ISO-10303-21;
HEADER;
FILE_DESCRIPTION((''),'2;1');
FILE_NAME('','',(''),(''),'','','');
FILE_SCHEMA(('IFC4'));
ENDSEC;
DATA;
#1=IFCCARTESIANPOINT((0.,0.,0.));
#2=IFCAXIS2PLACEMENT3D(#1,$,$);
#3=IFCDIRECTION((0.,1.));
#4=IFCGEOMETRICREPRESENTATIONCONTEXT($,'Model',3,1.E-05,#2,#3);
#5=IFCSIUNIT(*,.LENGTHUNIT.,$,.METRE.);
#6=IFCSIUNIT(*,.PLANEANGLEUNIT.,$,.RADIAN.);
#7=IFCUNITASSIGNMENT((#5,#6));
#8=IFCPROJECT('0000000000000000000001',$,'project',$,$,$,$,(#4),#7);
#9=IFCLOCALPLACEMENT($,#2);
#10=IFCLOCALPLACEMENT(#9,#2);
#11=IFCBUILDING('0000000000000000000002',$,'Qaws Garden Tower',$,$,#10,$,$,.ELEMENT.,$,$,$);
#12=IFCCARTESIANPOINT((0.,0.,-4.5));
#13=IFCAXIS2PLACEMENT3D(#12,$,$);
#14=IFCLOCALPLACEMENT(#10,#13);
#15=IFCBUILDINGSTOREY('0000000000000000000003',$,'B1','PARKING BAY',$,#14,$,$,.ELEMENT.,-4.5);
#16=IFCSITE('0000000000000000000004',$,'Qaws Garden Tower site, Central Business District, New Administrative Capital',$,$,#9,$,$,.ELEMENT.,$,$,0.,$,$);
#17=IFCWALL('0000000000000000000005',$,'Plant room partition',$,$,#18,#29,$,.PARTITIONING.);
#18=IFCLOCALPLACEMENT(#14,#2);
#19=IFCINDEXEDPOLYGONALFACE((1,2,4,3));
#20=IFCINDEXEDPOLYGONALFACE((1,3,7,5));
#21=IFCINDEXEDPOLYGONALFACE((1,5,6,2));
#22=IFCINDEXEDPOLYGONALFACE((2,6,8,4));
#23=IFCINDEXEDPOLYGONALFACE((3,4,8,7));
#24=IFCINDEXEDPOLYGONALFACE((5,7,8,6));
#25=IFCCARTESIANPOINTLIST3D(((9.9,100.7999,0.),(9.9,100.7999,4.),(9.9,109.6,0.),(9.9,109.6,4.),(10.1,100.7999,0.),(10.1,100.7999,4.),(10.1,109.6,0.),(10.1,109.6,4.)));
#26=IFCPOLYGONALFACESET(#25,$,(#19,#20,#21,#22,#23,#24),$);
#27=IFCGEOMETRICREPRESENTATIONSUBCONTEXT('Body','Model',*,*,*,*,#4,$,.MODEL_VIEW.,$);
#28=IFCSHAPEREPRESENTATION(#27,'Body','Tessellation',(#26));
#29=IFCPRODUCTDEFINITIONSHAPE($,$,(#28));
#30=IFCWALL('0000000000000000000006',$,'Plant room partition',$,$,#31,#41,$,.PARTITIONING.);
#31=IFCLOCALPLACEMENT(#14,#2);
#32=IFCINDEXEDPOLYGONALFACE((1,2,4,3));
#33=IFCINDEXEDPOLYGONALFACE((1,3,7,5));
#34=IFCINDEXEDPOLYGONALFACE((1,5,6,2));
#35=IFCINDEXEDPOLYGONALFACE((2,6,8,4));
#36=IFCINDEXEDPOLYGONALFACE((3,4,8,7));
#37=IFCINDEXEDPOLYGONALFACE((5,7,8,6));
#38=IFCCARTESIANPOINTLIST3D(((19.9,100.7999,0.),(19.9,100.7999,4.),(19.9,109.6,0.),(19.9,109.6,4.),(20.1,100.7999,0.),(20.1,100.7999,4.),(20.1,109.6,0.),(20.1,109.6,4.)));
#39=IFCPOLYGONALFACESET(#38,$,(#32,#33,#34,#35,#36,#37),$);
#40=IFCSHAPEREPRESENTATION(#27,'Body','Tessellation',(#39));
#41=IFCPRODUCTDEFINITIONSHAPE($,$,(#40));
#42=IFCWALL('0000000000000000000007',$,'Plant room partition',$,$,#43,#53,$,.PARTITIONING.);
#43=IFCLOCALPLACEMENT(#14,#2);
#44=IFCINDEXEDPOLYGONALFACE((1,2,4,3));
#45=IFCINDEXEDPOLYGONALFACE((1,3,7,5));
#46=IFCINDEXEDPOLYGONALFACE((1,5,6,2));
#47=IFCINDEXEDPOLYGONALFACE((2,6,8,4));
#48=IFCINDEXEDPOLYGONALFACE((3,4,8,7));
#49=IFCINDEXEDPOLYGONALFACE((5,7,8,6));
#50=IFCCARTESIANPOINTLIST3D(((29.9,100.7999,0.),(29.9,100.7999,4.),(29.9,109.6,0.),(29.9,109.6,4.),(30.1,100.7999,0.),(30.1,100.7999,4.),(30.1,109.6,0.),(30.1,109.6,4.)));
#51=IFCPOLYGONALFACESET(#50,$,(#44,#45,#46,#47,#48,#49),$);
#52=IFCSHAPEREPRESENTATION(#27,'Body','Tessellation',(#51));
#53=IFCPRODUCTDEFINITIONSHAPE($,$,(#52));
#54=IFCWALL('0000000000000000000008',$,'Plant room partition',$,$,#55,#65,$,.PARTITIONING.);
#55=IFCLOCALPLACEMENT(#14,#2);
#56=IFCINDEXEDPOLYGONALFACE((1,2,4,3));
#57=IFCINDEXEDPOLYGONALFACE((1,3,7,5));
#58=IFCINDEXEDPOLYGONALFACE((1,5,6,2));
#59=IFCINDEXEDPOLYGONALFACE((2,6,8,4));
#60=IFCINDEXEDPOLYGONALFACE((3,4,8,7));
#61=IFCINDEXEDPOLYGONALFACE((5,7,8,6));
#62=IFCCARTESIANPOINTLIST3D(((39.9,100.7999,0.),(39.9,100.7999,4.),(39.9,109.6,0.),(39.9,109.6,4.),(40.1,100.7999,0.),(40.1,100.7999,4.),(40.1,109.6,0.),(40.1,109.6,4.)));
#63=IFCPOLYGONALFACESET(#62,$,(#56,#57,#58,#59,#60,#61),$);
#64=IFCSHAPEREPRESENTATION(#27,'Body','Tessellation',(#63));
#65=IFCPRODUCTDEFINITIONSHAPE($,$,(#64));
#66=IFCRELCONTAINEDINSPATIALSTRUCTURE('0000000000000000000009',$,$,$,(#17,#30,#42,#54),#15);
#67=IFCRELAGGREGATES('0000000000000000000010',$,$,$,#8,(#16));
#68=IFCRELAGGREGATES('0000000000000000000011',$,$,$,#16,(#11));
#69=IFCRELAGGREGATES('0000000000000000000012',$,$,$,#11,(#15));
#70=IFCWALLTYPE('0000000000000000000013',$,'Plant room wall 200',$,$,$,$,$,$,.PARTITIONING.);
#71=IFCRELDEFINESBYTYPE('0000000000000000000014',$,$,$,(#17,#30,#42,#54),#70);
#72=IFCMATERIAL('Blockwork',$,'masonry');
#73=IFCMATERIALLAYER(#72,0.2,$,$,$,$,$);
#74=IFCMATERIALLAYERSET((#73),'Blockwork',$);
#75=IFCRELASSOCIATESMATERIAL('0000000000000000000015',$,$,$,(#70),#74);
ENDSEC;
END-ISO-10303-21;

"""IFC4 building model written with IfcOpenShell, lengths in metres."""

from ifc_helpers import new_model, si_unit, direction, frame, frame_2d, origin, place, context, subcontext, project, spatial, rectangle, extrude, material, layer, layer_set, type_object, element, save


model = new_model("IFC4")

# Units and contexts
model_context = context("Model", 3, precision=1e-05, world=origin(), true_north=direction((0.0, 1.0)))
body_context = subcontext(model_context, "Body", "Model", "MODEL_VIEW")
ifc_project = project(units=[si_unit("LENGTHUNIT", "METRE"), si_unit("PLANEANGLEUNIT", "RADIAN")], contexts=[model_context])

# Site, building, storey
site_placement = place(None, origin())
site = spatial("IfcSite", under=ifc_project, at=site_placement, Name="Qaws Garden Tower site, Central Business District, New Administrative Capital", CompositionType="ELEMENT", RefElevation=0.0)
building_placement = place(site_placement, origin())
building = spatial("IfcBuilding", under=site, at=building_placement, Name="Qaws Garden Tower", CompositionType="ELEMENT")
storey_placement = place(building_placement, frame((0.0, 0.0, -4.5)))
storey = spatial("IfcBuildingStorey", under=building, at=storey_placement, Name="B1", Description="PARKING BAY", CompositionType="ELEMENT", Elevation=-4.5)

# Shared definitions
ifc_material_1 = material(Name="Blockwork", Category="masonry")
ifc_layer = layer(ifc_material_1, 0.2)
ifc_layer_set = layer_set([ifc_layer], Name="Blockwork")
wall_type = type_object("IfcWallType", Name="Plant room wall 200", PredefinedType="PARTITIONING", material=ifc_layer_set)

# Walls
for number, where, z_axis, x_axis, name in (
    (1, (10.0, 100.8, 0.0), (0.0, 0.0, 1.0), (0.0, 1.0, 0.0), "Plant room partition"),
    (2, (20.0, 100.8, 0.0), (0.0, 0.0, 1.0), (0.0, 1.0, 0.0), "Plant room partition"),
    (3, (30.0, 100.8, 0.0), (0.0, 0.0, 1.0), (0.0, 1.0, 0.0), "Plant room partition"),
    (4, (40.0, 100.8, 0.0), (0.0, 0.0, 1.0), (0.0, 1.0, 0.0), "Plant room partition"),
):
    element("IfcWall", number, at=place(storey_placement, frame(where, z_axis=z_axis, x_axis=x_axis)), inside=storey, type_object=wall_type, Name=name, PredefinedType="PARTITIONING", context=body_context, shape_type="SweptSolid", body=[
        extrude(rectangle(XDim=8.8, YDim=0.2, at=frame_2d((4.3999, 0.0))), origin(), (0.0, 0.0, 1.0), 4.0),
    ])

save(model, "model.ifc")
